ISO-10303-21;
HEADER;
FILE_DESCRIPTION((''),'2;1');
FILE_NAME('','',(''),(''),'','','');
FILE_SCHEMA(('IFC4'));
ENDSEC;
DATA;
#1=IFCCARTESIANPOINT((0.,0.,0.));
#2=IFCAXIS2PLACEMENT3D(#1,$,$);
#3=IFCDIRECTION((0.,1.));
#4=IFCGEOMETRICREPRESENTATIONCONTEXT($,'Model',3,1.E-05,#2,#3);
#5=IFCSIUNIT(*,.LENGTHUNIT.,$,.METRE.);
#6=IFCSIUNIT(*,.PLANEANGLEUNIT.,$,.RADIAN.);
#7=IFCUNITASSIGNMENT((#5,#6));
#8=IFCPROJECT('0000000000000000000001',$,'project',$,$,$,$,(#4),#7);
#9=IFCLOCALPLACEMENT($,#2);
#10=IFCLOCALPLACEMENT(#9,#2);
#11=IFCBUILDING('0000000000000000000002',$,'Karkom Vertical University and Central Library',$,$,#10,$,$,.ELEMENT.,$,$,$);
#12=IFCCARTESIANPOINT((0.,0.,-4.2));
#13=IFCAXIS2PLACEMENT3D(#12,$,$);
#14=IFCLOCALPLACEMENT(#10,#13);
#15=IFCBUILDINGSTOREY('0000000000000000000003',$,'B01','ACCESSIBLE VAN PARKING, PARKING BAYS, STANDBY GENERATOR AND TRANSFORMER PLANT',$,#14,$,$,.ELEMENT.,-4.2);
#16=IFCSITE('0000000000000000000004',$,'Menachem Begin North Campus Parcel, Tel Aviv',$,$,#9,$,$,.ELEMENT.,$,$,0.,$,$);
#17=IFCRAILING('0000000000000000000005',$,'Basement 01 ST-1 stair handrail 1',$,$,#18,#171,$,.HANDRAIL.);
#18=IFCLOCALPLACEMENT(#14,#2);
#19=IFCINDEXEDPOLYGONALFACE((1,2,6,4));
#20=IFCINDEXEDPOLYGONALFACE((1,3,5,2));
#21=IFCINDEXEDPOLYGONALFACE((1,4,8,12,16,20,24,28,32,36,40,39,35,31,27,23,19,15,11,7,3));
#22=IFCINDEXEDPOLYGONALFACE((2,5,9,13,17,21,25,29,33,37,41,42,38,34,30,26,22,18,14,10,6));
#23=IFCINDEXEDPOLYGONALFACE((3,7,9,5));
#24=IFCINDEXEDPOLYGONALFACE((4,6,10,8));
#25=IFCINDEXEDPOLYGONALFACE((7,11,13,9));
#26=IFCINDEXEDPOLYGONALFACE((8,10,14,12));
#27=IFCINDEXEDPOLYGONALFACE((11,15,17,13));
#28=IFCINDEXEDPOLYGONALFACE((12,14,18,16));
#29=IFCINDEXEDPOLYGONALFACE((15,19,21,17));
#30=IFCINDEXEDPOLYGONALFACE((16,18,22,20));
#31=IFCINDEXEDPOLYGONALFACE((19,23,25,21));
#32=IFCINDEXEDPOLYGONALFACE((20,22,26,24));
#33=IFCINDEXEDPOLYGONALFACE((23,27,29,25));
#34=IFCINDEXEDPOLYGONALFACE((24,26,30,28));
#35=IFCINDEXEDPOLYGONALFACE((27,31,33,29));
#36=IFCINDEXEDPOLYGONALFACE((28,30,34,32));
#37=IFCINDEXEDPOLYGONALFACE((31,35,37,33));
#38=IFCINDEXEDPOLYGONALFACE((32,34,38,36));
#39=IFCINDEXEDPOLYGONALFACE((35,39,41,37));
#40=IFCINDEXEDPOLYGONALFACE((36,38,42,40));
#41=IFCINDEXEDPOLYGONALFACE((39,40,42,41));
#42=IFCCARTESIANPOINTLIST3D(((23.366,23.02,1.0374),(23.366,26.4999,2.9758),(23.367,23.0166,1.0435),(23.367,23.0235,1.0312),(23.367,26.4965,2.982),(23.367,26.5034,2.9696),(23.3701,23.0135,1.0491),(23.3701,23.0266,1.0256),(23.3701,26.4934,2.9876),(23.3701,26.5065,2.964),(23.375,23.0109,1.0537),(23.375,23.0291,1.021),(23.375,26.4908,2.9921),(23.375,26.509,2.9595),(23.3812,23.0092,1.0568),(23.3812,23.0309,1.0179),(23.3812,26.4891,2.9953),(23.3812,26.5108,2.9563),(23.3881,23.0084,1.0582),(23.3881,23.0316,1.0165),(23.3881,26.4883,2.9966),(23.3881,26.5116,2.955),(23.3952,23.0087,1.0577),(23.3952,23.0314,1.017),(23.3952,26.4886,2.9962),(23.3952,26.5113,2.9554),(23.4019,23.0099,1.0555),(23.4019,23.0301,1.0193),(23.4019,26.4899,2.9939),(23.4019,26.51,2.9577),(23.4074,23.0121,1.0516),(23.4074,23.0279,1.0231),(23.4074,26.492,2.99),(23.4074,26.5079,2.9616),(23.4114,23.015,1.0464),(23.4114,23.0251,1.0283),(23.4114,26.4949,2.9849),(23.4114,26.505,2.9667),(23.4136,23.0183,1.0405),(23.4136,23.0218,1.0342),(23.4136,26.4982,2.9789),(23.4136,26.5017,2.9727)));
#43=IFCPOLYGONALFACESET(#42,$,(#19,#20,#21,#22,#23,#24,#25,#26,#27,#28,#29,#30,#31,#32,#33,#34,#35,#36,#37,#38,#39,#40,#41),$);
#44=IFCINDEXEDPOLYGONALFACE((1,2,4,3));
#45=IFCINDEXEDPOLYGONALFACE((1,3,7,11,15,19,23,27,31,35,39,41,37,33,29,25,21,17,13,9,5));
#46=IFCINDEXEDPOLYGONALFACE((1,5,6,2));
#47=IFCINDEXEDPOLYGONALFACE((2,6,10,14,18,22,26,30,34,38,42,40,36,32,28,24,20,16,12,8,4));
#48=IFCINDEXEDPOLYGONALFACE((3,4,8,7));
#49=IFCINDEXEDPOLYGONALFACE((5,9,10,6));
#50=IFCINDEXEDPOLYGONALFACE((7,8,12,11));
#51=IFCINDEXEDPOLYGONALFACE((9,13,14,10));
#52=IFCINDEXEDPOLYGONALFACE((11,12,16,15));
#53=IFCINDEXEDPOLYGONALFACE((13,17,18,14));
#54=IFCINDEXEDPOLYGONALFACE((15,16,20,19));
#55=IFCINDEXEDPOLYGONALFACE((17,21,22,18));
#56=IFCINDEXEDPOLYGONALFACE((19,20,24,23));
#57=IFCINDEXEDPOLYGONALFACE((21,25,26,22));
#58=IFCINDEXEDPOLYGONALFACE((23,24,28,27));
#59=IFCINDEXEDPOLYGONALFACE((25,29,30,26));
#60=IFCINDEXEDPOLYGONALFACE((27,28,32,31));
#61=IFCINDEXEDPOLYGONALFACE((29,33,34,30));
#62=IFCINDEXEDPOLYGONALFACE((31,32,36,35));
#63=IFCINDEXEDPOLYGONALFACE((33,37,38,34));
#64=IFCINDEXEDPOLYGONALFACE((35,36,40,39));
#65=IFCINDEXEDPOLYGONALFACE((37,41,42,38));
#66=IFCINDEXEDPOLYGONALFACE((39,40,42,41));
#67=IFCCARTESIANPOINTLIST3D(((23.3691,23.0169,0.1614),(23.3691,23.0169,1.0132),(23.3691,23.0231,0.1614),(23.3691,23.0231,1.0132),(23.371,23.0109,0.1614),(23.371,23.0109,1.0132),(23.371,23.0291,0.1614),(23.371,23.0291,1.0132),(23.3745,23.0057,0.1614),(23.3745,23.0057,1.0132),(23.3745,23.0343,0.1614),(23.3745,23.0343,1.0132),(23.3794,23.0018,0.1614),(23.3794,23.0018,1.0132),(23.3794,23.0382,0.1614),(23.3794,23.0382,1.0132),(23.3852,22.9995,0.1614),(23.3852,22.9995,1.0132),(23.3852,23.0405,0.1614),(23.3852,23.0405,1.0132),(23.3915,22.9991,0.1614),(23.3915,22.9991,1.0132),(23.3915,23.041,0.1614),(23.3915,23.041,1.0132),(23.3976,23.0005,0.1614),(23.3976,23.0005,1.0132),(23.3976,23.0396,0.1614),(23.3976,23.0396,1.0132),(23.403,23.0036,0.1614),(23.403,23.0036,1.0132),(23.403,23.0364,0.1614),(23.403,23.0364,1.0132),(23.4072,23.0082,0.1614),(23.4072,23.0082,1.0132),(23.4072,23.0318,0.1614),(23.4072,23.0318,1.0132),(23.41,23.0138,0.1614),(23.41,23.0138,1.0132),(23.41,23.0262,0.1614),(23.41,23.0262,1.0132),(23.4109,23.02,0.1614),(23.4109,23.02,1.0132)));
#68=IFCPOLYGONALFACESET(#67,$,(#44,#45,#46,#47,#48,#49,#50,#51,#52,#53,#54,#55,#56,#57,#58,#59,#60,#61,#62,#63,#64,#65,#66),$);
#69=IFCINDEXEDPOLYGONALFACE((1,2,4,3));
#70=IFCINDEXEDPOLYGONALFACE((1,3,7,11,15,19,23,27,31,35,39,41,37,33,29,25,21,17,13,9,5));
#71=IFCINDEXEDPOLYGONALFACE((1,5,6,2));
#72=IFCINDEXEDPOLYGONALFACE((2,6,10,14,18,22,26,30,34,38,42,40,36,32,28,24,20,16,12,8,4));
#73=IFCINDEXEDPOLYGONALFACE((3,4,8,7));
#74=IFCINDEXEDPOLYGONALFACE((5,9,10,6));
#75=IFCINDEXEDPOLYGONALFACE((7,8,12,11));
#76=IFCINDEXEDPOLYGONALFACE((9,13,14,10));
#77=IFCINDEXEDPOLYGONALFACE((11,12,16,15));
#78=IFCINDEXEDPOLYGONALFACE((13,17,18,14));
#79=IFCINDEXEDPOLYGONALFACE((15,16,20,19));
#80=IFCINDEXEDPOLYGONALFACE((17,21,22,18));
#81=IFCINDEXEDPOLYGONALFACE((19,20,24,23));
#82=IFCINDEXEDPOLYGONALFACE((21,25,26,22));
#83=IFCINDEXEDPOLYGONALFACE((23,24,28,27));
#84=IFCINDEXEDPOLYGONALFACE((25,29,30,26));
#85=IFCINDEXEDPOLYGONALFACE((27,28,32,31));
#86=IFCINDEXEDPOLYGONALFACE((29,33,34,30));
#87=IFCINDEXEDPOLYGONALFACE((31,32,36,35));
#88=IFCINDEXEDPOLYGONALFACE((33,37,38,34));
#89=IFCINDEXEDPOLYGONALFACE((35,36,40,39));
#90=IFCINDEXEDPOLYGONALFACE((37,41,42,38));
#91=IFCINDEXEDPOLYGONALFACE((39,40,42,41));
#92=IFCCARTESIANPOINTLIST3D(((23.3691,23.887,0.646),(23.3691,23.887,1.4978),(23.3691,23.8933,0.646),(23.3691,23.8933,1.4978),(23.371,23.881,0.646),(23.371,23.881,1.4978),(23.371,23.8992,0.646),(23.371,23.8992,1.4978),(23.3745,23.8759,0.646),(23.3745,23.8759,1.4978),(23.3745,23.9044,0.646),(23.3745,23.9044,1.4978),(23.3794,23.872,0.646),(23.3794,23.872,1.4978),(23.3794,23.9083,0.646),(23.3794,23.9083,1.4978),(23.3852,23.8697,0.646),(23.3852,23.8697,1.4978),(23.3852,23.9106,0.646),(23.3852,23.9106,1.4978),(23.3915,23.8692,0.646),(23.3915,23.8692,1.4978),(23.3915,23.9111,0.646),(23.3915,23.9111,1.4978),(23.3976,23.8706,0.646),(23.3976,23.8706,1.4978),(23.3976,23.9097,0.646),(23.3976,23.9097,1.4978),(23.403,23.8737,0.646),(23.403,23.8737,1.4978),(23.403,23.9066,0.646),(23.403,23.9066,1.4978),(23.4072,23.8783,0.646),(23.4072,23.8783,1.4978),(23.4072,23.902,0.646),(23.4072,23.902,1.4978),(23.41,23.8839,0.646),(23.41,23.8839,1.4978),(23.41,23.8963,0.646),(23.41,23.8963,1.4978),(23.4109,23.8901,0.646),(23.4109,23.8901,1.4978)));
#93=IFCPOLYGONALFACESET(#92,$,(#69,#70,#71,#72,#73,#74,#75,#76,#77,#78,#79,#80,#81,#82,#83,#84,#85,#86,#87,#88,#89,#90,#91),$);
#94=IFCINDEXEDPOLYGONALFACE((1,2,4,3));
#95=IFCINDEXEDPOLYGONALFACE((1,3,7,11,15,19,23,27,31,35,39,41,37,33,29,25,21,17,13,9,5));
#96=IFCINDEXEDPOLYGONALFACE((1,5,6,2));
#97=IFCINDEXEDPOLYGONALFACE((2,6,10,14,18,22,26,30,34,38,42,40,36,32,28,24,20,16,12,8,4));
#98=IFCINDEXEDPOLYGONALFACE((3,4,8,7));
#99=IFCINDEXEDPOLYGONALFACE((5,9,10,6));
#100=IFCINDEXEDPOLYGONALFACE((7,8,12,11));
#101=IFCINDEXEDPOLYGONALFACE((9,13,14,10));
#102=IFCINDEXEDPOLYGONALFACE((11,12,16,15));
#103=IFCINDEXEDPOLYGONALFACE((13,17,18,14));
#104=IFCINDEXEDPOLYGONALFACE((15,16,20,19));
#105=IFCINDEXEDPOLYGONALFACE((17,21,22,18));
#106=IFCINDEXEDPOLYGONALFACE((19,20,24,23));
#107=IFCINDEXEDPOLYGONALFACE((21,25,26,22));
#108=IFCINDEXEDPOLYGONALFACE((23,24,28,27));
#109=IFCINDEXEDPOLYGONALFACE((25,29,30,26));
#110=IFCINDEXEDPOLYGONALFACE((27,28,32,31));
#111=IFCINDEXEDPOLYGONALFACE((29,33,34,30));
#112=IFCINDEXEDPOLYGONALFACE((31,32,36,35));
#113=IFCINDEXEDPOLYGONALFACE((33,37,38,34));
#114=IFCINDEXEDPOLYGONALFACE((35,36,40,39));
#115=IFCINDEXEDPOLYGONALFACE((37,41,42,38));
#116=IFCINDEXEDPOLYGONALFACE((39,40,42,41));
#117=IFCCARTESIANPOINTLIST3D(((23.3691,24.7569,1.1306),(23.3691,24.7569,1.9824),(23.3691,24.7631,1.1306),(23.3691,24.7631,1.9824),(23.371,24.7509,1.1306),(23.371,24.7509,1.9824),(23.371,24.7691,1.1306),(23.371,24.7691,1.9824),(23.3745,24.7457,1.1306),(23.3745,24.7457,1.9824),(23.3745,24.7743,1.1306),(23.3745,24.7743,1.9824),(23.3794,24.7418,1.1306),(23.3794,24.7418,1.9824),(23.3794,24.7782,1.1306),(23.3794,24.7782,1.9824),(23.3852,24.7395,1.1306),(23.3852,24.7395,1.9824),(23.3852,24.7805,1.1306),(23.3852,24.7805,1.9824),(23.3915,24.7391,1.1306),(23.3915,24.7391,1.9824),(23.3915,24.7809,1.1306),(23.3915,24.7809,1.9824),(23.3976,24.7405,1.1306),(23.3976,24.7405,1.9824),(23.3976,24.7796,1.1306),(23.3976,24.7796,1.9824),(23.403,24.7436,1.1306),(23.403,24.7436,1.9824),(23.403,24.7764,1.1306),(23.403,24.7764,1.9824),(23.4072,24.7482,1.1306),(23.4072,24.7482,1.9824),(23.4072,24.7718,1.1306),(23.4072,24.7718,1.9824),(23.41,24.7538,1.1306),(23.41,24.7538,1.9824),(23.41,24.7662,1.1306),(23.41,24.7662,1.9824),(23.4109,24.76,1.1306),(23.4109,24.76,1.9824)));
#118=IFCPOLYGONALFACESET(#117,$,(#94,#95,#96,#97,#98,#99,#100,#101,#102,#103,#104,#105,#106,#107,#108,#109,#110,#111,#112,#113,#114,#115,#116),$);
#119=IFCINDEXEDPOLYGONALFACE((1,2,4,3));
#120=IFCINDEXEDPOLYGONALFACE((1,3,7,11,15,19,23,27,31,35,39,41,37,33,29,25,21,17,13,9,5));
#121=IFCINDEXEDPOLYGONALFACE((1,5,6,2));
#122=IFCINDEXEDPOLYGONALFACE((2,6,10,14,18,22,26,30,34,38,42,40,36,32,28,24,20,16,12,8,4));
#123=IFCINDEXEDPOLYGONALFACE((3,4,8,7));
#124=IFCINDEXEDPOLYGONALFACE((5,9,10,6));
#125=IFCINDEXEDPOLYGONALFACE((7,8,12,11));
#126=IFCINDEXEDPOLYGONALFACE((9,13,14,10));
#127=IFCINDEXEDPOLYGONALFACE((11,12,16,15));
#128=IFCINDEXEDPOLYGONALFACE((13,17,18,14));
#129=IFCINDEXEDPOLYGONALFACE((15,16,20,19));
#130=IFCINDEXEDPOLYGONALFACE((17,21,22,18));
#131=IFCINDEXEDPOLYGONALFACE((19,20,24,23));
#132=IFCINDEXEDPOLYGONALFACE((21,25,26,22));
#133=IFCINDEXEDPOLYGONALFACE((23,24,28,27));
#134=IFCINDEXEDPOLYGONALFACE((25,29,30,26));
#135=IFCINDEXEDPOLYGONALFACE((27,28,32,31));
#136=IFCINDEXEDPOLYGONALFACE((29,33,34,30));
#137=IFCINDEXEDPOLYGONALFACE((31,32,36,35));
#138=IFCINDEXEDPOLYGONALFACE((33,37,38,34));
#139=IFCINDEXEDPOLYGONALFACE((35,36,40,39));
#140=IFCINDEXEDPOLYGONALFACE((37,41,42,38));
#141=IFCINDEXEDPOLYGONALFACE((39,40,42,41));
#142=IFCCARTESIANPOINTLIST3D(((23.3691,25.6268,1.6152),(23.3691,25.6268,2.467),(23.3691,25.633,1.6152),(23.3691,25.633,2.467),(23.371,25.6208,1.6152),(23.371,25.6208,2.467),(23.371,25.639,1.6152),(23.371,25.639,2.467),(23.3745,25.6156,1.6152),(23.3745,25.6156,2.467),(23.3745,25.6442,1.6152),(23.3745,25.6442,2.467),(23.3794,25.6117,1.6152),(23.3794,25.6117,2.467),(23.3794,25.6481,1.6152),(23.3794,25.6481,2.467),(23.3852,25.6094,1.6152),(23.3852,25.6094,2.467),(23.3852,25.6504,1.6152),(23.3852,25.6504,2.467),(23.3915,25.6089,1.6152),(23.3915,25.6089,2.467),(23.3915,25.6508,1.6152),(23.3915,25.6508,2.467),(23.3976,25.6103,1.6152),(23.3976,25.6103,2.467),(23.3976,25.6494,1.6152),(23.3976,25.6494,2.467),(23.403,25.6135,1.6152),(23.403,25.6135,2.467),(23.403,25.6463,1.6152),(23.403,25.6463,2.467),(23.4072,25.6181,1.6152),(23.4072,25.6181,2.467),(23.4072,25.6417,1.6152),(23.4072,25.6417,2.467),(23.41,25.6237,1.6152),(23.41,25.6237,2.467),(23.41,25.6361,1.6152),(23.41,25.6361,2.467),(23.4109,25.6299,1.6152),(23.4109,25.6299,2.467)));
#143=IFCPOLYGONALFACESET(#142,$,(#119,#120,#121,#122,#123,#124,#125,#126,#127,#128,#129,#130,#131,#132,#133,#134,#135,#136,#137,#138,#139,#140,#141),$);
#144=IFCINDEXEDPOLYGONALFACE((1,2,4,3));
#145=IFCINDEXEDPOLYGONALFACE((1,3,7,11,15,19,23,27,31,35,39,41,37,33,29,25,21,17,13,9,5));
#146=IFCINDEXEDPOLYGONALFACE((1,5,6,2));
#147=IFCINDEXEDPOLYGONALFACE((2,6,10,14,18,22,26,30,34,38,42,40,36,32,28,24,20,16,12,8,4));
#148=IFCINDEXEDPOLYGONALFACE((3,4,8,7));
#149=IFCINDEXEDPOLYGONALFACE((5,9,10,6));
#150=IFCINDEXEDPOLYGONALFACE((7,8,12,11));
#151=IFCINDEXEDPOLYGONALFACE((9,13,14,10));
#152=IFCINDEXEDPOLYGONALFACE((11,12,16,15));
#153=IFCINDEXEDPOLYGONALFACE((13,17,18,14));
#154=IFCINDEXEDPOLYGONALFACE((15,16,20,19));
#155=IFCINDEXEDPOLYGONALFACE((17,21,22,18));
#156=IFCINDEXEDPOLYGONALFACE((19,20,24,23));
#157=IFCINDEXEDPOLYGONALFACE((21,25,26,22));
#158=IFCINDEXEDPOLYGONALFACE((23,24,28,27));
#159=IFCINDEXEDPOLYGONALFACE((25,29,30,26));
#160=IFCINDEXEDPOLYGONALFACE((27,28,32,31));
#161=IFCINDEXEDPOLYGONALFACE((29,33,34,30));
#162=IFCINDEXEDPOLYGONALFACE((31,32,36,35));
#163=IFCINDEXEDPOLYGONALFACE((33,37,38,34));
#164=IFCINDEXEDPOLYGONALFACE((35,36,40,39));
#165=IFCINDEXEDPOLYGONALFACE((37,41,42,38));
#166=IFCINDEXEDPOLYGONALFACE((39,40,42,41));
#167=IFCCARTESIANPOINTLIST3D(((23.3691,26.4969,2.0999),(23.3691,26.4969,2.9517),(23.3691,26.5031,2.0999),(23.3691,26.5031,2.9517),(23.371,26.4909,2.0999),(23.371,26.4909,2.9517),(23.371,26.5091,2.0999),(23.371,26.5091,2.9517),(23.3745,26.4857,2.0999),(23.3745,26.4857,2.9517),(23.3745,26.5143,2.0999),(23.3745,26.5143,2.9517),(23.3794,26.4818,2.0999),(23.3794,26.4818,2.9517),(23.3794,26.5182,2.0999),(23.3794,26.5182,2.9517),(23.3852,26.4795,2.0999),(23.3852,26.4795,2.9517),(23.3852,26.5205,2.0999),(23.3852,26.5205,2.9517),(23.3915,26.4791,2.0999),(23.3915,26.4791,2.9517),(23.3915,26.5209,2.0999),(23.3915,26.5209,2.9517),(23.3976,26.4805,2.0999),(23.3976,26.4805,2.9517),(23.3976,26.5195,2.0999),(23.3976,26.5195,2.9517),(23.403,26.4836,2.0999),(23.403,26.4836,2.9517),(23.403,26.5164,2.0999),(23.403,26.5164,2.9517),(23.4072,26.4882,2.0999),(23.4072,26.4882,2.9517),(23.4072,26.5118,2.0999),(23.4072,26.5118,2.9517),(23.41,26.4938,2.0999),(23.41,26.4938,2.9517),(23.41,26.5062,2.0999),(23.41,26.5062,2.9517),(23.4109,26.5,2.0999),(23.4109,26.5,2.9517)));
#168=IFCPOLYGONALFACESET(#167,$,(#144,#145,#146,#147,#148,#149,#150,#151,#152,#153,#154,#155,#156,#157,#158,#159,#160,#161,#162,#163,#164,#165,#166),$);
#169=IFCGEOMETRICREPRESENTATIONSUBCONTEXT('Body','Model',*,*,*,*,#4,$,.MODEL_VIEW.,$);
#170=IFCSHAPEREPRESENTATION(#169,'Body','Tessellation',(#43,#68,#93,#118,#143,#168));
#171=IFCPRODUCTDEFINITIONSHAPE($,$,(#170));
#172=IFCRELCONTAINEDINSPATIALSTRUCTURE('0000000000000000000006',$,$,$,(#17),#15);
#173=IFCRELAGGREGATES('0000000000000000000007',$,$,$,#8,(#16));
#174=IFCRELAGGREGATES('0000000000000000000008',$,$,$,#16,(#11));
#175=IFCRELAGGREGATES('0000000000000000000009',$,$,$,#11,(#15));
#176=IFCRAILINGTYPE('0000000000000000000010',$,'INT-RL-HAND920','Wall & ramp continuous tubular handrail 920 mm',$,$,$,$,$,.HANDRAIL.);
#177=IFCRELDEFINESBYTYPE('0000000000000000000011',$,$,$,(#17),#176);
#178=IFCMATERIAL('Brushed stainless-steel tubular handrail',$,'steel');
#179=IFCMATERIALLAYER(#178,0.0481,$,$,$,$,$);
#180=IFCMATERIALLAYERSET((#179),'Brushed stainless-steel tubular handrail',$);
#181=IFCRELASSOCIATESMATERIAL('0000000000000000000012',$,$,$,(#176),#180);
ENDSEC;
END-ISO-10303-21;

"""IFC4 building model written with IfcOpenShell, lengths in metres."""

from ifc_helpers import new_model, si_unit, direction, frame, origin, origin_2d, place, context, subcontext, project, spatial, circle, extrude, material, layer, layer_set, type_object, element, save


model = new_model("IFC4")

# Units and contexts
model_context = context("Model", 3, precision=1e-05, world=origin(), true_north=direction((0.0, 1.0)))
body_context = subcontext(model_context, "Body", "Model", "MODEL_VIEW")
ifc_project = project(units=[si_unit("LENGTHUNIT", "METRE"), si_unit("PLANEANGLEUNIT", "RADIAN")], contexts=[model_context])

# Site, building, storey
site_placement = place(None, origin())
site = spatial("IfcSite", under=ifc_project, at=site_placement, Name="Menachem Begin North Campus Parcel, Tel Aviv", CompositionType="ELEMENT", RefElevation=0.0)
building_placement = place(site_placement, origin())
building = spatial("IfcBuilding", under=site, at=building_placement, Name="Karkom Vertical University and Central Library", CompositionType="ELEMENT")
storey_placement = place(building_placement, frame((0.0, 0.0, -4.2)))
storey = spatial("IfcBuildingStorey", under=building, at=storey_placement, Name="B01", Description="ACCESSIBLE VAN PARKING, PARKING BAYS, STANDBY GENERATOR AND TRANSFORMER PLANT", CompositionType="ELEMENT", Elevation=-4.2)

# Railing
ifc_material_1 = material(Name="Brushed stainless-steel tubular handrail", Category="steel")
ifc_layer_1 = layer(ifc_material_1, 0.0481)
ifc_layer_set_1 = layer_set([ifc_layer_1], Name="Brushed stainless-steel tubular handrail")
railing_type_1 = type_object("IfcRailingType", Name="INT-RL-HAND920", Description="Wall & ramp continuous tubular handrail 920 mm", PredefinedType="HANDRAIL", material=ifc_layer_set_1)
railing_1_placement = place(storey_placement, frame((23.3899, 23.02, 0.1614)))
element("IfcRailing", 1, at=railing_1_placement, inside=storey, type_object=railing_type_1, Name="Basement 01 ST-1 stair handrail 1", PredefinedType="HANDRAIL", context=body_context, shape_type="SweptSolid", body=[
    extrude(circle(Radius=0.0239, at=origin_2d()), frame((0.0, 0.0, 0.876), z_axis=(0.0, 0.873607, 0.486631), x_axis=(-1.0, 0.0, 0.0)), (0.0, 0.0, 1.0), 3.9834),
    extrude(circle(Radius=0.021, at=origin_2d()), origin(), (0.0, 0.0, 1.0), 0.8518),
    extrude(circle(Radius=0.021, at=origin_2d()), frame((0.0, 0.8701, 0.4846)), (0.0, 0.0, 1.0), 0.8518),
    extrude(circle(Radius=0.021, at=origin_2d()), frame((0.0, 1.74, 0.9692)), (0.0, 0.0, 1.0), 0.8518),
    extrude(circle(Radius=0.021, at=origin_2d()), frame((0.0, 2.6099, 1.4539)), (0.0, 0.0, 1.0), 0.8518),
    extrude(circle(Radius=0.021, at=origin_2d()), frame((0.0, 3.48, 1.9385)), (0.0, 0.0, 1.0), 0.8518),
])

save(model, "model.ifc")
